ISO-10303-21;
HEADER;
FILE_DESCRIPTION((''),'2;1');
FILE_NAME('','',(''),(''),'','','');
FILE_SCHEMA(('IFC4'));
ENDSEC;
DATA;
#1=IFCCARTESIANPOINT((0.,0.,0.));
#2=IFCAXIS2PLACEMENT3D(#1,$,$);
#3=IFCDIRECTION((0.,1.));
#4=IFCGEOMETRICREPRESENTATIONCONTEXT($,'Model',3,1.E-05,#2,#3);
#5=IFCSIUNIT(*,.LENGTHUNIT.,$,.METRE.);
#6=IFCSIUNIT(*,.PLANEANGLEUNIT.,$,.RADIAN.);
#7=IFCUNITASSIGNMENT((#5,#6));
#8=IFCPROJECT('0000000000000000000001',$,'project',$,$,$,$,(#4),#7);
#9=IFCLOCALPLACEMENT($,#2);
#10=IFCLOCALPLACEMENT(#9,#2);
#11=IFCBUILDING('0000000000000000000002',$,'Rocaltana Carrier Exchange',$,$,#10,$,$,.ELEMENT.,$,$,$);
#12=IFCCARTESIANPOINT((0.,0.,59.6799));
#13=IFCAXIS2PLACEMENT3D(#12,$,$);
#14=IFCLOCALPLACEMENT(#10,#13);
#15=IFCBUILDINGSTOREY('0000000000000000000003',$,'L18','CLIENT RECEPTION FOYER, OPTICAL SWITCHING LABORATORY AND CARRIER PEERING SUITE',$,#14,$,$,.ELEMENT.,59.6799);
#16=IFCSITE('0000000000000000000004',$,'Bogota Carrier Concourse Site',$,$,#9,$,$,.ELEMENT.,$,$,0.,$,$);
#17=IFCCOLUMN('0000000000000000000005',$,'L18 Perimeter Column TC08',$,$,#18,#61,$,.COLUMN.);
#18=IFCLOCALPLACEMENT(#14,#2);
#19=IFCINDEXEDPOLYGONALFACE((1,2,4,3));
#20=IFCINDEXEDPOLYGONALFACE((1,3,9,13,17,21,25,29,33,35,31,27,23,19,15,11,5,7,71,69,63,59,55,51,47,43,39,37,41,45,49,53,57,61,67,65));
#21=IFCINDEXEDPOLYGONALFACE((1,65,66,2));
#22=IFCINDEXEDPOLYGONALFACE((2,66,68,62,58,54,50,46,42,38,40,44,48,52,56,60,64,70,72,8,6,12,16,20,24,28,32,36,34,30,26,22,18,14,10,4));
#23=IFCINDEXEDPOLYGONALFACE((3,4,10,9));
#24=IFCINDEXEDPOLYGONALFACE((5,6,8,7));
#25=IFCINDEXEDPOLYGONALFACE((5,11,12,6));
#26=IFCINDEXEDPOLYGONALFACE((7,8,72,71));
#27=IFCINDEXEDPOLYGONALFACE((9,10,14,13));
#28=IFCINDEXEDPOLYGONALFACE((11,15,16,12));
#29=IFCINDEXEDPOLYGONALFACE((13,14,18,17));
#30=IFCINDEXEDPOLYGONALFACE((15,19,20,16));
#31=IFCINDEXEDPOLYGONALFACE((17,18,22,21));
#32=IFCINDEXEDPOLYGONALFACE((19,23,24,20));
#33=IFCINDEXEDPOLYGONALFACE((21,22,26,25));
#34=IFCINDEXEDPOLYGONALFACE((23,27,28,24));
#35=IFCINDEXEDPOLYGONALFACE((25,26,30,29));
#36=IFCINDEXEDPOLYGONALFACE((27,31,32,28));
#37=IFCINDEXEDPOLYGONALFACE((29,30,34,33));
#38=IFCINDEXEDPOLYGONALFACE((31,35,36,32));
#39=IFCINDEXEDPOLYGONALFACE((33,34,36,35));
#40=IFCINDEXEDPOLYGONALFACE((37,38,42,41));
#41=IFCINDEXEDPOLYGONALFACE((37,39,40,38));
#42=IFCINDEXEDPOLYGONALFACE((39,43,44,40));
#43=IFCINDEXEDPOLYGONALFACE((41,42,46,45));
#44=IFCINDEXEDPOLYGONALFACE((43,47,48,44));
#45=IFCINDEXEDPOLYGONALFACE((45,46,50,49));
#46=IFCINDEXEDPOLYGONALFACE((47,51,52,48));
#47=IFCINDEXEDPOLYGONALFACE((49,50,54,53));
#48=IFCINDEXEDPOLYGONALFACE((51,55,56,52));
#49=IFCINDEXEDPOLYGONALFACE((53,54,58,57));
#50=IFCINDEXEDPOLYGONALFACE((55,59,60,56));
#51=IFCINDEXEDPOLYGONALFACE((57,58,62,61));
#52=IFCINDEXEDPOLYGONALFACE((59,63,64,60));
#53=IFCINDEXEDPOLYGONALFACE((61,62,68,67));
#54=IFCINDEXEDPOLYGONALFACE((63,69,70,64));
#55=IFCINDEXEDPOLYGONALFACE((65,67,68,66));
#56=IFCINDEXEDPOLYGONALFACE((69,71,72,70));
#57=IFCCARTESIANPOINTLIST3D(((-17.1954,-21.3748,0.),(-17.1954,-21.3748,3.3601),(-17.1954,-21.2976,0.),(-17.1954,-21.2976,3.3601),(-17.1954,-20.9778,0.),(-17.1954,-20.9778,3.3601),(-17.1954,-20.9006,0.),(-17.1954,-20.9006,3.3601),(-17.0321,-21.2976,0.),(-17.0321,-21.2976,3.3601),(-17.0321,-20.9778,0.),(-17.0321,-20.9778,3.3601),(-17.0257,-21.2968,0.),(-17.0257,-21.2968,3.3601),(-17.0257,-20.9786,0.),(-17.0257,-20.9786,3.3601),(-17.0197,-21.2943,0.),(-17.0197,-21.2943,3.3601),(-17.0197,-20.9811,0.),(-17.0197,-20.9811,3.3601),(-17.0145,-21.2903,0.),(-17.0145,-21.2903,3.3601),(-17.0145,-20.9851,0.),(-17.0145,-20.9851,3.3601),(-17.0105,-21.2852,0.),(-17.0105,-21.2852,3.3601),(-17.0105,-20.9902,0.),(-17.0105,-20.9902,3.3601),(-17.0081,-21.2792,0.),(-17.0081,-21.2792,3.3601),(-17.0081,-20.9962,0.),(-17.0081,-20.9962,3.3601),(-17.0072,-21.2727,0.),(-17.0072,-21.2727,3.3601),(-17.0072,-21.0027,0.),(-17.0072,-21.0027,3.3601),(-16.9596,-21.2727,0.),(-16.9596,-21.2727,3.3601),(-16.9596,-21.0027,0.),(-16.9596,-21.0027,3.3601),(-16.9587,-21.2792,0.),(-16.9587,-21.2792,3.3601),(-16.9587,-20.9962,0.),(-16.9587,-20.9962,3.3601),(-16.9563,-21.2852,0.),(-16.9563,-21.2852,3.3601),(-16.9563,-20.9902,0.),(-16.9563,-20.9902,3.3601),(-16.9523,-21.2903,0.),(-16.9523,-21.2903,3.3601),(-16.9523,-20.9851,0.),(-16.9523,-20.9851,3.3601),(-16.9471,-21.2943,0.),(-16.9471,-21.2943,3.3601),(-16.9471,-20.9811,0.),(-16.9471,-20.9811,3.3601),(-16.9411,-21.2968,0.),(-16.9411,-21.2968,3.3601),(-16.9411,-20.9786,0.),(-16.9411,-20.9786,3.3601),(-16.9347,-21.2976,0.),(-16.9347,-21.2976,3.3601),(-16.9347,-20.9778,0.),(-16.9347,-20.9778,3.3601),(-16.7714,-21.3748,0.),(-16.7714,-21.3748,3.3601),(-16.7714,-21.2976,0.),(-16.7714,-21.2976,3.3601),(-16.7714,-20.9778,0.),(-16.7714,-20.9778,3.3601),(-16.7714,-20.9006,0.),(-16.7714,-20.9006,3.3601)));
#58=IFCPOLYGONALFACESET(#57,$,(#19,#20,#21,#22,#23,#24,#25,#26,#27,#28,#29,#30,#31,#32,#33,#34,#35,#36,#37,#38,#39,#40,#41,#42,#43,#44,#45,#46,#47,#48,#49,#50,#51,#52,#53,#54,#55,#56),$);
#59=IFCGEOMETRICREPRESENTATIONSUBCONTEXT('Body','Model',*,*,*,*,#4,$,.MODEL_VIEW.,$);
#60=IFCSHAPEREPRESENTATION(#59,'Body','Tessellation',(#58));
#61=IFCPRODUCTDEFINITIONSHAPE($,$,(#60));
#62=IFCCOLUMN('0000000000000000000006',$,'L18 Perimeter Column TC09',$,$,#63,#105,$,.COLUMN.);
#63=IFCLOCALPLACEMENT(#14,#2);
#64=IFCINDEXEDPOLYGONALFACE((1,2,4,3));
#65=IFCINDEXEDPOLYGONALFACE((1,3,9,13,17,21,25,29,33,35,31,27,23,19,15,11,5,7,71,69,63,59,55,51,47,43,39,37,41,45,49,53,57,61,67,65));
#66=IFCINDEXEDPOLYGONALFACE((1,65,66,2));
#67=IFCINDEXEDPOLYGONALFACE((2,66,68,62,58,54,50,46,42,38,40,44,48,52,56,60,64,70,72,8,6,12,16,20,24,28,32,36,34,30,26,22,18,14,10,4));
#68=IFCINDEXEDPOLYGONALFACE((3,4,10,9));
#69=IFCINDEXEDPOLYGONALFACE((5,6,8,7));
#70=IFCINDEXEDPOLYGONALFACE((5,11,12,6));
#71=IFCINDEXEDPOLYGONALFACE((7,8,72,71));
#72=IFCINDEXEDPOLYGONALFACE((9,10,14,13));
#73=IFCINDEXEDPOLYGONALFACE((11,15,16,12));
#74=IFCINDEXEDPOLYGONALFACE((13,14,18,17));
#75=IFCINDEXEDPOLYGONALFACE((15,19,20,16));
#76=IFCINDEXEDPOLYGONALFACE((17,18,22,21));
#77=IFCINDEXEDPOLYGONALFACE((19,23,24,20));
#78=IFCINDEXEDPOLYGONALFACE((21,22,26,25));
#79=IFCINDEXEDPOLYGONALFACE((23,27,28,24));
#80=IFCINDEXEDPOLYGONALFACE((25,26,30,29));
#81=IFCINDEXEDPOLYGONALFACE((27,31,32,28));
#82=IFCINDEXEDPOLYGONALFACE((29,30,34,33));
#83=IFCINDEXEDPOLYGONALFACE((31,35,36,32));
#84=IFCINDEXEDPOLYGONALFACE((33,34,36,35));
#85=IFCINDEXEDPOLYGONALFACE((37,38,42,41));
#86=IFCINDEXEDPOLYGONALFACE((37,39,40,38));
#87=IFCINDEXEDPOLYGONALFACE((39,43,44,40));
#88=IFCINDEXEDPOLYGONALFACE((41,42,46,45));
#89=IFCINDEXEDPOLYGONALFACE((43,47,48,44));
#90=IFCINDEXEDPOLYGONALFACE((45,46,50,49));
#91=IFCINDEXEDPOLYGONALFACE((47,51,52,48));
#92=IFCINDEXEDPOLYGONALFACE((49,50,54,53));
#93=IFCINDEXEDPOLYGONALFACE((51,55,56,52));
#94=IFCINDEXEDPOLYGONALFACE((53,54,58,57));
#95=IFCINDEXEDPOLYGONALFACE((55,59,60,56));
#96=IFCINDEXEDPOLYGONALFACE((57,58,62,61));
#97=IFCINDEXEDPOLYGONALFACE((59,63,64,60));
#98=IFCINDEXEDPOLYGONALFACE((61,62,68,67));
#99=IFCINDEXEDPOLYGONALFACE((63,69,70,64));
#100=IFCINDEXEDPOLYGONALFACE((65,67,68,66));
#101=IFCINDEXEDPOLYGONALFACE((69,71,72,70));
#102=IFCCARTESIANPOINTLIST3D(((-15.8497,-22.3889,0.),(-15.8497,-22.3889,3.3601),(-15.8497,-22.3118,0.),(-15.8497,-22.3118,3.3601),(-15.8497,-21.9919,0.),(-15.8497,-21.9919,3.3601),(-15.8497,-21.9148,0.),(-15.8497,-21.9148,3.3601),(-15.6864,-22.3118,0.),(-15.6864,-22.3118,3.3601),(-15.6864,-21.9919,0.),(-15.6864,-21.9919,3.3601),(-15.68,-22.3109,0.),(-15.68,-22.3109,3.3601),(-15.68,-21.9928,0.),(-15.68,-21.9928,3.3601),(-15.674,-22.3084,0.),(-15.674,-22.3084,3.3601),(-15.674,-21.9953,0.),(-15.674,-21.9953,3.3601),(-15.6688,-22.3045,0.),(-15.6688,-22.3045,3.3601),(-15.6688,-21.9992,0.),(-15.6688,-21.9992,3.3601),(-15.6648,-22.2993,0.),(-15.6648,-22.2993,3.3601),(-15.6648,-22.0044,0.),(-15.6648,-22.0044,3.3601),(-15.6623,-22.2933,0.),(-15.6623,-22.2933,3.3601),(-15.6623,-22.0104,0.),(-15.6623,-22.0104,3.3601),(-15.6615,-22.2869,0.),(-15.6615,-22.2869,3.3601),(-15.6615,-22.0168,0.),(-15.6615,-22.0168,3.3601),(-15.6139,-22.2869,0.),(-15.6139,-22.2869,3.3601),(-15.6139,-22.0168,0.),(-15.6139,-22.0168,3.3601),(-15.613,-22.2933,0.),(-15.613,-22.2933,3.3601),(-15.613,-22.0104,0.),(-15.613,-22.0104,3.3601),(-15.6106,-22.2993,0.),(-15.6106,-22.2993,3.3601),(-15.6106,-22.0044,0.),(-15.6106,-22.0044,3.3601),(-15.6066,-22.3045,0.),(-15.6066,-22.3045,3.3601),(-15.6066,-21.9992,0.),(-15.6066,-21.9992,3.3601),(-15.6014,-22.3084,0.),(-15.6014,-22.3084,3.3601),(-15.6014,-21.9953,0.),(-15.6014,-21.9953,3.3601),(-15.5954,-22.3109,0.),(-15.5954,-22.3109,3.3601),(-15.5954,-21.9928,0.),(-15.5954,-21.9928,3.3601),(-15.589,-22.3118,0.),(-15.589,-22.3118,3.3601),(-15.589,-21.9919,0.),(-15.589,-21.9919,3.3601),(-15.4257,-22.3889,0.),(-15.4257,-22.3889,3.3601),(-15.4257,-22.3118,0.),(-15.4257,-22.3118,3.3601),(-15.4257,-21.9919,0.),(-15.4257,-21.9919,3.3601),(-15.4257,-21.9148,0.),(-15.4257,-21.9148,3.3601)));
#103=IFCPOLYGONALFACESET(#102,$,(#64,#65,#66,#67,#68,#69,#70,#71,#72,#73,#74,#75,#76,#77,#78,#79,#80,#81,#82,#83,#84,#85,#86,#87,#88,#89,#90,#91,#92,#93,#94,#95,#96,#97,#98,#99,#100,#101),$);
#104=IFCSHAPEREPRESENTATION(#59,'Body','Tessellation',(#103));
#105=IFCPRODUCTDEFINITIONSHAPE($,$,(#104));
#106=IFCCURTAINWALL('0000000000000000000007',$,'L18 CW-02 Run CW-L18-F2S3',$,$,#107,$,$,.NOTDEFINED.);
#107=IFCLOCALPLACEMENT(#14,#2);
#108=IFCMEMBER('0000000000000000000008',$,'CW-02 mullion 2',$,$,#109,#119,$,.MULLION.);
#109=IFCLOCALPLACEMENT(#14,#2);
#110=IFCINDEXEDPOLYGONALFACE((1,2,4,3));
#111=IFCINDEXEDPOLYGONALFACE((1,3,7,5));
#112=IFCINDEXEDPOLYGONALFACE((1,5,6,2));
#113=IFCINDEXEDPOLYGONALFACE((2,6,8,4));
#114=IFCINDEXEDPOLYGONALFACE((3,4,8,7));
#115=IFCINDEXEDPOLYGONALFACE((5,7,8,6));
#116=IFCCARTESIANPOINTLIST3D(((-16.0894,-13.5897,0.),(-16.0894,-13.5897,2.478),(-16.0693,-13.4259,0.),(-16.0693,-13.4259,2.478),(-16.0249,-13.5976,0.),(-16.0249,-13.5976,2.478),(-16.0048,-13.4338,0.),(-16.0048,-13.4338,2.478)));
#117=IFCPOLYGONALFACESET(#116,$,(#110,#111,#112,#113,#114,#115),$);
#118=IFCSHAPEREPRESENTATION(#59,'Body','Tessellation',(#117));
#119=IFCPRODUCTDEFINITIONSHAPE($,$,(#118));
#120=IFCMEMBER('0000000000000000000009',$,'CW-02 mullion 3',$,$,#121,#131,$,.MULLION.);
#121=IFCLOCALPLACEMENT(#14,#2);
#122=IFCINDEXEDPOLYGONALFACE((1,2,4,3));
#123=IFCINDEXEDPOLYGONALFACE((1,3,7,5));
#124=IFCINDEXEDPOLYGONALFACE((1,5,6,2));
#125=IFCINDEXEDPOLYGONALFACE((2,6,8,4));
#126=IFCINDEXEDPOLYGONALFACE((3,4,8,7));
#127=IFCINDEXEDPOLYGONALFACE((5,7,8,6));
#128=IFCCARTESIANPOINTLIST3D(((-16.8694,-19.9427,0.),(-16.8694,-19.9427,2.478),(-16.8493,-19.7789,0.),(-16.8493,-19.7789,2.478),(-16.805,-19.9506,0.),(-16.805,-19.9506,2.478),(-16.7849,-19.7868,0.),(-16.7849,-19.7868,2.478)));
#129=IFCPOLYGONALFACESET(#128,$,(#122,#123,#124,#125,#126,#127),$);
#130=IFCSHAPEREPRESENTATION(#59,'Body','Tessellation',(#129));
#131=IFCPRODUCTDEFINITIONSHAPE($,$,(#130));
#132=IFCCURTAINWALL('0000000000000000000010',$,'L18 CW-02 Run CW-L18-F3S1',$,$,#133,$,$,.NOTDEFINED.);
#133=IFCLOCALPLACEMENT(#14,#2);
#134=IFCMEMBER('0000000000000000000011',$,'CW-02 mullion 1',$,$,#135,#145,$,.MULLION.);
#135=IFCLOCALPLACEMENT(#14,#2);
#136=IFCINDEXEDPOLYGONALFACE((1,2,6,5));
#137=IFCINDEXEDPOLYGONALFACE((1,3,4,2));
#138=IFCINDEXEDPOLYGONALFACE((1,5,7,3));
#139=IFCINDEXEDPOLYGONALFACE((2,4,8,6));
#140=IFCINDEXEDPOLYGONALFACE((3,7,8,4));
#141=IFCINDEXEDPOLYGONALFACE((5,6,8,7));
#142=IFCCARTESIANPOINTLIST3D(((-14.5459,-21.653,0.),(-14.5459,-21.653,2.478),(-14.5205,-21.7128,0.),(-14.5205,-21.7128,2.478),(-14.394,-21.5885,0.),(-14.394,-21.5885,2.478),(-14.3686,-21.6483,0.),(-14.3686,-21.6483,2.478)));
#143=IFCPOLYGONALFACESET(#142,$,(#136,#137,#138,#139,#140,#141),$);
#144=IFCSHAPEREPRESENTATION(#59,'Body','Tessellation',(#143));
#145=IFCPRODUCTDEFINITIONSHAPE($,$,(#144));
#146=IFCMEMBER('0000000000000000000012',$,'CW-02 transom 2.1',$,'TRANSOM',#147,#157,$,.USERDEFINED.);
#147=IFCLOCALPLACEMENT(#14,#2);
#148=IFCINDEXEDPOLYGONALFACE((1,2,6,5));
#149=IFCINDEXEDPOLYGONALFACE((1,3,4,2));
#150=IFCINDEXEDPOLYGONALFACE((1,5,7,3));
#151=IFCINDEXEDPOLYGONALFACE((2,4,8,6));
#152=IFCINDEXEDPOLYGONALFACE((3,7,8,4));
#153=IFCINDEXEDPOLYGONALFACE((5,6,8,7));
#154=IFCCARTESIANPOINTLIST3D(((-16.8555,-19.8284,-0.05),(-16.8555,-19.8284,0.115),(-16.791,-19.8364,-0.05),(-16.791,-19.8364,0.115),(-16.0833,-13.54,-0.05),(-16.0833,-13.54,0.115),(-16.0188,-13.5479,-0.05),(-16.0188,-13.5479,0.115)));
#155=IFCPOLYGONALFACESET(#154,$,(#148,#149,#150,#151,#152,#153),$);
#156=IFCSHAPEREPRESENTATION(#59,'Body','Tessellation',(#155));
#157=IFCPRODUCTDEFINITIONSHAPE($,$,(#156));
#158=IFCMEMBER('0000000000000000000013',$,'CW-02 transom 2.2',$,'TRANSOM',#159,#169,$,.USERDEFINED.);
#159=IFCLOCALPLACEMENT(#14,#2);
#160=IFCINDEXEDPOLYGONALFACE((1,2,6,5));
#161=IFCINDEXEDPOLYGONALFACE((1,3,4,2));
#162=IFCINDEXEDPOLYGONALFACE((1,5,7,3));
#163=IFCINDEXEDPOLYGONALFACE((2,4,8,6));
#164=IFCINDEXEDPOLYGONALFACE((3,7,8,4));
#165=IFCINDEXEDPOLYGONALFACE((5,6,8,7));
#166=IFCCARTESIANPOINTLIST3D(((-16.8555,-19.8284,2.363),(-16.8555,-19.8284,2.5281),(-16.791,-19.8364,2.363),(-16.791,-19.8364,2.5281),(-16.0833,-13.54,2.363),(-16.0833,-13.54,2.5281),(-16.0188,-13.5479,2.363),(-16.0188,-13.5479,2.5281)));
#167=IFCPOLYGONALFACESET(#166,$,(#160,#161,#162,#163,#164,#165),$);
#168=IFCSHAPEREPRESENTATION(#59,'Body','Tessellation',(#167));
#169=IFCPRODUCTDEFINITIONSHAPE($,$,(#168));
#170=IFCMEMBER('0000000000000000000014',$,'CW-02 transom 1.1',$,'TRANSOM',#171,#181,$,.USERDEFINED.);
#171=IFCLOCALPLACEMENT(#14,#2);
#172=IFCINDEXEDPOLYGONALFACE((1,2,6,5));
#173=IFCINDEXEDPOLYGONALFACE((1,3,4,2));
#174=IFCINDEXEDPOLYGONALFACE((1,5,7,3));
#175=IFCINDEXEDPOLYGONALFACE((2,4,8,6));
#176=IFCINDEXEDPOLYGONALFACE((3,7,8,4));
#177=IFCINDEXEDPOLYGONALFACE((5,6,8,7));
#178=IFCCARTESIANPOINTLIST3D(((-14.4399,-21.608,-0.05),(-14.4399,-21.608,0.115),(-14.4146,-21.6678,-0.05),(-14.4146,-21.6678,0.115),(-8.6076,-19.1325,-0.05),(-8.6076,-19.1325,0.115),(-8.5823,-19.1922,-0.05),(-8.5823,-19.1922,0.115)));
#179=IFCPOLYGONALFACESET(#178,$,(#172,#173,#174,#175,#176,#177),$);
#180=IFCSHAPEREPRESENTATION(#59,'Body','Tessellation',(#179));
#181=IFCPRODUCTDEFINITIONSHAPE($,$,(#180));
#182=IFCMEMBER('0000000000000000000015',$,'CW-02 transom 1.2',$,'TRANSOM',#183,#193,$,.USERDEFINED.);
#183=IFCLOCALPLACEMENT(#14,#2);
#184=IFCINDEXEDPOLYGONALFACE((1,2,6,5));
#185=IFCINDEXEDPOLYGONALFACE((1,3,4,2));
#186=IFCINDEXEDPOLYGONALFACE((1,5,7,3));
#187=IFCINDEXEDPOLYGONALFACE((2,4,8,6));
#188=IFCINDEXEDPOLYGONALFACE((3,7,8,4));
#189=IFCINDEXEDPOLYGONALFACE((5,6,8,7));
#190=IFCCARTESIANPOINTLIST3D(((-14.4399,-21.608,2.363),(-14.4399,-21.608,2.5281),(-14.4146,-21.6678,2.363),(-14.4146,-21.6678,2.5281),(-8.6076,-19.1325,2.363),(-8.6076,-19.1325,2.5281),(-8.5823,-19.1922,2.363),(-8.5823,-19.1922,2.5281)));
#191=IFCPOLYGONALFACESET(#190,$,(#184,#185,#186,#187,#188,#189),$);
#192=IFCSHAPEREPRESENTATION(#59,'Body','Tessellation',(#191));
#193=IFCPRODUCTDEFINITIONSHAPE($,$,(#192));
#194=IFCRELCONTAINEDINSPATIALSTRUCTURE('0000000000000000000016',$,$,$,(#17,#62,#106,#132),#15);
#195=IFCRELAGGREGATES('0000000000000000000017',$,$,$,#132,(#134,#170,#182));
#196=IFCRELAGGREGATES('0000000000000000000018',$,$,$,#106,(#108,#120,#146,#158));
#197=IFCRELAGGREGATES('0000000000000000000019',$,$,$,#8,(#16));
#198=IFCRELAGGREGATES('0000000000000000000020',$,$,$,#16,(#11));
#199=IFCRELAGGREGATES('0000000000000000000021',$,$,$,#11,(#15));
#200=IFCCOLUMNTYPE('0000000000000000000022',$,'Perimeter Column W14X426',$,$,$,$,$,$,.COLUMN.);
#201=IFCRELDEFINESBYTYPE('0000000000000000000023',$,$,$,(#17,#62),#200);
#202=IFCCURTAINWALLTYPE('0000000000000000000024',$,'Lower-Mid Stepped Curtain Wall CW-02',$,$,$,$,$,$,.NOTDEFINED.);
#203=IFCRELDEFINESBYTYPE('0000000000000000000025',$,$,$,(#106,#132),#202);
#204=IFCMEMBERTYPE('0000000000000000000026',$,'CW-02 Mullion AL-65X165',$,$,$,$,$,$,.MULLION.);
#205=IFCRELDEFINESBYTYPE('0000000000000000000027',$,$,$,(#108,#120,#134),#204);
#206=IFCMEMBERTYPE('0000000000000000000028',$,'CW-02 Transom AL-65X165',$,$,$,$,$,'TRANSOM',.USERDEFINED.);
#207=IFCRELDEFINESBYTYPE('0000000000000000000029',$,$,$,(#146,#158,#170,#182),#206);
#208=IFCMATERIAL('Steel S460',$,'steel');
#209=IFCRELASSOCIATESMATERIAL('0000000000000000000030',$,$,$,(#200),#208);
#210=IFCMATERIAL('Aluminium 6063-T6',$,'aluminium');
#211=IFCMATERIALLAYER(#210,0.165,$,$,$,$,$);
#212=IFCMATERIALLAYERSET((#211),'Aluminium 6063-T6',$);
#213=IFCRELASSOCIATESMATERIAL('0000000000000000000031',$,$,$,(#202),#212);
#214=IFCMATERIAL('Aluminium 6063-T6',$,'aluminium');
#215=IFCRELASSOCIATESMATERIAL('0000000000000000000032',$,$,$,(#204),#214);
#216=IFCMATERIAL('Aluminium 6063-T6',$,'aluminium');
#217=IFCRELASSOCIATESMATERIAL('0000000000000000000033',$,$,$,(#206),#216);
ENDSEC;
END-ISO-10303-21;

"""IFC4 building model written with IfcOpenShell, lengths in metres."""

from ifc_helpers import new_model, si_unit, direction, frame, origin, origin_2d, place, context, subcontext, project, spatial, rectangle, i_section, extrude, material, layer, layer_set, material_profile, profile_set, type_object, element, aggregate, save


model = new_model("IFC4")

# Units and contexts
model_context = context("Model", 3, precision=1e-05, world=origin(), true_north=direction((0.0, 1.0)))
body_context = subcontext(model_context, "Body", "Model", "MODEL_VIEW")
ifc_project = project(units=[si_unit("LENGTHUNIT", "METRE"), si_unit("PLANEANGLEUNIT", "RADIAN")], contexts=[model_context])

# Site, building, storey
site_placement = place(None, origin())
site = spatial("IfcSite", under=ifc_project, at=site_placement, Name="Bogota Carrier Concourse Site", CompositionType="ELEMENT", RefElevation=0.0)
building_placement = place(site_placement, origin())
building = spatial("IfcBuilding", under=site, at=building_placement, Name="Rocaltana Carrier Exchange", CompositionType="ELEMENT")
storey_placement = place(building_placement, frame((0.0, 0.0, 59.6799)))
storey = spatial("IfcBuildingStorey", under=building, at=storey_placement, Name="L18", Description="CLIENT RECEPTION FOYER, OPTICAL SWITCHING LABORATORY AND CARRIER PEERING SUITE", CompositionType="ELEMENT", Elevation=59.6799)

# Columns
ifc_material_1 = material(Name="Steel S460", Category="steel")
ifc_material_profile_1 = material_profile(ifc_material_1, i_section(OverallWidth=0.4241, OverallDepth=0.4741, WebThickness=0.0476, FlangeThickness=0.0771, FilletRadius=0.0249, at=origin_2d()), Name="W14X426")
ifc_profile_set_1 = profile_set([ifc_material_profile_1], Name="Steel S460")
column_type = type_object("IfcColumnType", Name="Perimeter Column W14X426", PredefinedType="COLUMN", material=ifc_profile_set_1)
for number, where, z_axis, x_axis, name in (
    (1, (-16.9834, -21.1377, 0.0), (0.0, 0.0, 1.0), (1.0, 0.0, 0.0), "L18 Perimeter Column TC08"),
    (2, (-15.6377, -22.1519, 0.0), (0.0, 0.0, 1.0), (1.0, 0.0, 0.0), "L18 Perimeter Column TC09"),
):
    element("IfcColumn", number, at=place(storey_placement, frame(where, z_axis=z_axis, x_axis=x_axis)), inside=storey, type_object=column_type, Name=name, PredefinedType="COLUMN", context=body_context, shape_type="SweptSolid", body=[
        extrude(i_section(OverallWidth=0.4241, OverallDepth=0.4741, WebThickness=0.0476, FlangeThickness=0.0771, FilletRadius=0.0249, at=origin_2d()), origin(), (0.0, 0.0, 1.0), 3.3601),
    ])

# Curtain wall, members
ifc_material_2 = material(Name="Aluminium 6063-T6", Category="aluminium")
ifc_layer_1 = layer(ifc_material_2, 0.165)
ifc_layer_set_1 = layer_set([ifc_layer_1], Name="Aluminium 6063-T6")
curtain_wall_type = type_object("IfcCurtainWallType", Name="Lower-Mid Stepped Curtain Wall CW-02", PredefinedType="NOTDEFINED", material=ifc_layer_set_1)
curtain_wall_1_placement = place(storey_placement, origin())
curtain_wall_1 = element("IfcCurtainWall", 3, at=curtain_wall_1_placement, inside=storey, type_object=curtain_wall_type, Name="L18 CW-02 Run CW-L18-F2S3", PredefinedType="NOTDEFINED")
ifc_material_3 = material(Name="Aluminium 6063-T6", Category="aluminium")
ifc_material_profile_2 = material_profile(ifc_material_3, rectangle(XDim=0.0649, YDim=0.165, at=origin_2d()), Name="AL-65X165")
ifc_profile_set_2 = profile_set([ifc_material_profile_2], Name="Aluminium 6063-T6")
member_type_1 = type_object("IfcMemberType", Name="CW-02 Mullion AL-65X165", PredefinedType="MULLION", material=ifc_profile_set_2)
member_1_placement = place(storey_placement, frame((-16.0471, -13.5117, 0.0), z_axis=(0.0, 0.0, 1.0), x_axis=(0.992545, -0.121881, 0.0)))
member_1 = element("IfcMember", 4, at=member_1_placement, type_object=member_type_1, Name="CW-02 mullion 2", PredefinedType="MULLION", context=body_context, shape_type="SweptSolid", body=[
    extrude(rectangle(XDim=0.0649, YDim=0.165, at=origin_2d()), origin(), (0.0, 0.0, 1.0), 2.478),
])
member_2_placement = place(storey_placement, frame((-16.8271, -19.8647, 0.0), z_axis=(0.0, 0.0, 1.0), x_axis=(0.992545, -0.121881, 0.0)))
member_2 = element("IfcMember", 5, at=member_2_placement, type_object=member_type_1, Name="CW-02 mullion 3", PredefinedType="MULLION", context=body_context, shape_type="SweptSolid", body=[
    extrude(rectangle(XDim=0.0649, YDim=0.165, at=origin_2d()), origin(), (0.0, 0.0, 1.0), 2.478),
])

# Curtain wall, member
curtain_wall_2_placement = place(storey_placement, origin())
curtain_wall_2 = element("IfcCurtainWall", 6, at=curtain_wall_2_placement, inside=storey, type_object=curtain_wall_type, Name="L18 CW-02 Run CW-L18-F3S1", PredefinedType="NOTDEFINED")
member_3_placement = place(storey_placement, frame((-14.4573, -21.6506, 0.0), z_axis=(0.0, 0.0, 1.0), x_axis=(-0.390729, 0.920506, 0.0)))
member_3 = element("IfcMember", 7, at=member_3_placement, type_object=member_type_1, Name="CW-02 mullion 1", PredefinedType="MULLION", context=body_context, shape_type="SweptSolid", body=[
    extrude(rectangle(XDim=0.0649, YDim=0.165, at=origin_2d()), origin(), (0.0, 0.0, 1.0), 2.478),
])

# Members
ifc_material_4 = material(Name="Aluminium 6063-T6", Category="aluminium")
ifc_material_profile_3 = material_profile(ifc_material_4, rectangle(XDim=0.0649, YDim=0.165, at=origin_2d()), Name="AL-65X165")
ifc_profile_set_3 = profile_set([ifc_material_profile_3], Name="Aluminium 6063-T6")
member_type_2 = type_object("IfcMemberType", Name="CW-02 Transom AL-65X165", ElementType="TRANSOM", PredefinedType="USERDEFINED", material=ifc_profile_set_3)
member_4_placement = place(storey_placement, frame((-16.051, -13.5439, 0.0325), z_axis=(-0.121881, -0.992545, 0.0), x_axis=(0.992545, -0.121881, 0.0)))
member_4 = element("IfcMember", 8, at=member_4_placement, type_object=member_type_2, Name="CW-02 transom 2.1", ObjectType="TRANSOM", PredefinedType="USERDEFINED", context=body_context, shape_type="SweptSolid", body=[
    extrude(rectangle(XDim=0.0649, YDim=0.165, at=origin_2d()), origin(), (0.0, 0.0, 1.0), 6.3357),
])
member_5_placement = place(storey_placement, frame((-16.051, -13.5439, 2.4456), z_axis=(-0.121881, -0.992545, 0.0), x_axis=(0.992545, -0.121881, 0.0)))
member_5 = element("IfcMember", 9, at=member_5_placement, type_object=member_type_2, Name="CW-02 transom 2.2", ObjectType="TRANSOM", PredefinedType="USERDEFINED", context=body_context, shape_type="SweptSolid", body=[
    extrude(rectangle(XDim=0.0649, YDim=0.165, at=origin_2d()), origin(), (0.0, 0.0, 1.0), 6.3357),
])
member_6_placement = place(storey_placement, frame((-14.4272, -21.6379, 0.0325), z_axis=(0.920509, 0.390722, 0.0), x_axis=(-0.390722, 0.920509, 0.0)))
member_6 = element("IfcMember", 10, at=member_6_placement, type_object=member_type_2, Name="CW-02 transom 1.1", ObjectType="TRANSOM", PredefinedType="USERDEFINED", context=body_context, shape_type="SweptSolid", body=[
    extrude(rectangle(XDim=0.0649, YDim=0.165, at=origin_2d()), origin(), (0.0, 0.0, 1.0), 6.3359),
])
member_7_placement = place(storey_placement, frame((-14.4272, -21.6379, 2.4456), z_axis=(0.920509, 0.390722, 0.0), x_axis=(-0.390722, 0.920509, 0.0)))
member_7 = element("IfcMember", 11, at=member_7_placement, type_object=member_type_2, Name="CW-02 transom 1.2", ObjectType="TRANSOM", PredefinedType="USERDEFINED", context=body_context, shape_type="SweptSolid", body=[
    extrude(rectangle(XDim=0.0649, YDim=0.165, at=origin_2d()), origin(), (0.0, 0.0, 1.0), 6.3359),
])
aggregate(curtain_wall_2, [member_3, member_6, member_7])

aggregate(curtain_wall_1, [member_1, member_2, member_4, member_5])

save(model, "model.ifc")
